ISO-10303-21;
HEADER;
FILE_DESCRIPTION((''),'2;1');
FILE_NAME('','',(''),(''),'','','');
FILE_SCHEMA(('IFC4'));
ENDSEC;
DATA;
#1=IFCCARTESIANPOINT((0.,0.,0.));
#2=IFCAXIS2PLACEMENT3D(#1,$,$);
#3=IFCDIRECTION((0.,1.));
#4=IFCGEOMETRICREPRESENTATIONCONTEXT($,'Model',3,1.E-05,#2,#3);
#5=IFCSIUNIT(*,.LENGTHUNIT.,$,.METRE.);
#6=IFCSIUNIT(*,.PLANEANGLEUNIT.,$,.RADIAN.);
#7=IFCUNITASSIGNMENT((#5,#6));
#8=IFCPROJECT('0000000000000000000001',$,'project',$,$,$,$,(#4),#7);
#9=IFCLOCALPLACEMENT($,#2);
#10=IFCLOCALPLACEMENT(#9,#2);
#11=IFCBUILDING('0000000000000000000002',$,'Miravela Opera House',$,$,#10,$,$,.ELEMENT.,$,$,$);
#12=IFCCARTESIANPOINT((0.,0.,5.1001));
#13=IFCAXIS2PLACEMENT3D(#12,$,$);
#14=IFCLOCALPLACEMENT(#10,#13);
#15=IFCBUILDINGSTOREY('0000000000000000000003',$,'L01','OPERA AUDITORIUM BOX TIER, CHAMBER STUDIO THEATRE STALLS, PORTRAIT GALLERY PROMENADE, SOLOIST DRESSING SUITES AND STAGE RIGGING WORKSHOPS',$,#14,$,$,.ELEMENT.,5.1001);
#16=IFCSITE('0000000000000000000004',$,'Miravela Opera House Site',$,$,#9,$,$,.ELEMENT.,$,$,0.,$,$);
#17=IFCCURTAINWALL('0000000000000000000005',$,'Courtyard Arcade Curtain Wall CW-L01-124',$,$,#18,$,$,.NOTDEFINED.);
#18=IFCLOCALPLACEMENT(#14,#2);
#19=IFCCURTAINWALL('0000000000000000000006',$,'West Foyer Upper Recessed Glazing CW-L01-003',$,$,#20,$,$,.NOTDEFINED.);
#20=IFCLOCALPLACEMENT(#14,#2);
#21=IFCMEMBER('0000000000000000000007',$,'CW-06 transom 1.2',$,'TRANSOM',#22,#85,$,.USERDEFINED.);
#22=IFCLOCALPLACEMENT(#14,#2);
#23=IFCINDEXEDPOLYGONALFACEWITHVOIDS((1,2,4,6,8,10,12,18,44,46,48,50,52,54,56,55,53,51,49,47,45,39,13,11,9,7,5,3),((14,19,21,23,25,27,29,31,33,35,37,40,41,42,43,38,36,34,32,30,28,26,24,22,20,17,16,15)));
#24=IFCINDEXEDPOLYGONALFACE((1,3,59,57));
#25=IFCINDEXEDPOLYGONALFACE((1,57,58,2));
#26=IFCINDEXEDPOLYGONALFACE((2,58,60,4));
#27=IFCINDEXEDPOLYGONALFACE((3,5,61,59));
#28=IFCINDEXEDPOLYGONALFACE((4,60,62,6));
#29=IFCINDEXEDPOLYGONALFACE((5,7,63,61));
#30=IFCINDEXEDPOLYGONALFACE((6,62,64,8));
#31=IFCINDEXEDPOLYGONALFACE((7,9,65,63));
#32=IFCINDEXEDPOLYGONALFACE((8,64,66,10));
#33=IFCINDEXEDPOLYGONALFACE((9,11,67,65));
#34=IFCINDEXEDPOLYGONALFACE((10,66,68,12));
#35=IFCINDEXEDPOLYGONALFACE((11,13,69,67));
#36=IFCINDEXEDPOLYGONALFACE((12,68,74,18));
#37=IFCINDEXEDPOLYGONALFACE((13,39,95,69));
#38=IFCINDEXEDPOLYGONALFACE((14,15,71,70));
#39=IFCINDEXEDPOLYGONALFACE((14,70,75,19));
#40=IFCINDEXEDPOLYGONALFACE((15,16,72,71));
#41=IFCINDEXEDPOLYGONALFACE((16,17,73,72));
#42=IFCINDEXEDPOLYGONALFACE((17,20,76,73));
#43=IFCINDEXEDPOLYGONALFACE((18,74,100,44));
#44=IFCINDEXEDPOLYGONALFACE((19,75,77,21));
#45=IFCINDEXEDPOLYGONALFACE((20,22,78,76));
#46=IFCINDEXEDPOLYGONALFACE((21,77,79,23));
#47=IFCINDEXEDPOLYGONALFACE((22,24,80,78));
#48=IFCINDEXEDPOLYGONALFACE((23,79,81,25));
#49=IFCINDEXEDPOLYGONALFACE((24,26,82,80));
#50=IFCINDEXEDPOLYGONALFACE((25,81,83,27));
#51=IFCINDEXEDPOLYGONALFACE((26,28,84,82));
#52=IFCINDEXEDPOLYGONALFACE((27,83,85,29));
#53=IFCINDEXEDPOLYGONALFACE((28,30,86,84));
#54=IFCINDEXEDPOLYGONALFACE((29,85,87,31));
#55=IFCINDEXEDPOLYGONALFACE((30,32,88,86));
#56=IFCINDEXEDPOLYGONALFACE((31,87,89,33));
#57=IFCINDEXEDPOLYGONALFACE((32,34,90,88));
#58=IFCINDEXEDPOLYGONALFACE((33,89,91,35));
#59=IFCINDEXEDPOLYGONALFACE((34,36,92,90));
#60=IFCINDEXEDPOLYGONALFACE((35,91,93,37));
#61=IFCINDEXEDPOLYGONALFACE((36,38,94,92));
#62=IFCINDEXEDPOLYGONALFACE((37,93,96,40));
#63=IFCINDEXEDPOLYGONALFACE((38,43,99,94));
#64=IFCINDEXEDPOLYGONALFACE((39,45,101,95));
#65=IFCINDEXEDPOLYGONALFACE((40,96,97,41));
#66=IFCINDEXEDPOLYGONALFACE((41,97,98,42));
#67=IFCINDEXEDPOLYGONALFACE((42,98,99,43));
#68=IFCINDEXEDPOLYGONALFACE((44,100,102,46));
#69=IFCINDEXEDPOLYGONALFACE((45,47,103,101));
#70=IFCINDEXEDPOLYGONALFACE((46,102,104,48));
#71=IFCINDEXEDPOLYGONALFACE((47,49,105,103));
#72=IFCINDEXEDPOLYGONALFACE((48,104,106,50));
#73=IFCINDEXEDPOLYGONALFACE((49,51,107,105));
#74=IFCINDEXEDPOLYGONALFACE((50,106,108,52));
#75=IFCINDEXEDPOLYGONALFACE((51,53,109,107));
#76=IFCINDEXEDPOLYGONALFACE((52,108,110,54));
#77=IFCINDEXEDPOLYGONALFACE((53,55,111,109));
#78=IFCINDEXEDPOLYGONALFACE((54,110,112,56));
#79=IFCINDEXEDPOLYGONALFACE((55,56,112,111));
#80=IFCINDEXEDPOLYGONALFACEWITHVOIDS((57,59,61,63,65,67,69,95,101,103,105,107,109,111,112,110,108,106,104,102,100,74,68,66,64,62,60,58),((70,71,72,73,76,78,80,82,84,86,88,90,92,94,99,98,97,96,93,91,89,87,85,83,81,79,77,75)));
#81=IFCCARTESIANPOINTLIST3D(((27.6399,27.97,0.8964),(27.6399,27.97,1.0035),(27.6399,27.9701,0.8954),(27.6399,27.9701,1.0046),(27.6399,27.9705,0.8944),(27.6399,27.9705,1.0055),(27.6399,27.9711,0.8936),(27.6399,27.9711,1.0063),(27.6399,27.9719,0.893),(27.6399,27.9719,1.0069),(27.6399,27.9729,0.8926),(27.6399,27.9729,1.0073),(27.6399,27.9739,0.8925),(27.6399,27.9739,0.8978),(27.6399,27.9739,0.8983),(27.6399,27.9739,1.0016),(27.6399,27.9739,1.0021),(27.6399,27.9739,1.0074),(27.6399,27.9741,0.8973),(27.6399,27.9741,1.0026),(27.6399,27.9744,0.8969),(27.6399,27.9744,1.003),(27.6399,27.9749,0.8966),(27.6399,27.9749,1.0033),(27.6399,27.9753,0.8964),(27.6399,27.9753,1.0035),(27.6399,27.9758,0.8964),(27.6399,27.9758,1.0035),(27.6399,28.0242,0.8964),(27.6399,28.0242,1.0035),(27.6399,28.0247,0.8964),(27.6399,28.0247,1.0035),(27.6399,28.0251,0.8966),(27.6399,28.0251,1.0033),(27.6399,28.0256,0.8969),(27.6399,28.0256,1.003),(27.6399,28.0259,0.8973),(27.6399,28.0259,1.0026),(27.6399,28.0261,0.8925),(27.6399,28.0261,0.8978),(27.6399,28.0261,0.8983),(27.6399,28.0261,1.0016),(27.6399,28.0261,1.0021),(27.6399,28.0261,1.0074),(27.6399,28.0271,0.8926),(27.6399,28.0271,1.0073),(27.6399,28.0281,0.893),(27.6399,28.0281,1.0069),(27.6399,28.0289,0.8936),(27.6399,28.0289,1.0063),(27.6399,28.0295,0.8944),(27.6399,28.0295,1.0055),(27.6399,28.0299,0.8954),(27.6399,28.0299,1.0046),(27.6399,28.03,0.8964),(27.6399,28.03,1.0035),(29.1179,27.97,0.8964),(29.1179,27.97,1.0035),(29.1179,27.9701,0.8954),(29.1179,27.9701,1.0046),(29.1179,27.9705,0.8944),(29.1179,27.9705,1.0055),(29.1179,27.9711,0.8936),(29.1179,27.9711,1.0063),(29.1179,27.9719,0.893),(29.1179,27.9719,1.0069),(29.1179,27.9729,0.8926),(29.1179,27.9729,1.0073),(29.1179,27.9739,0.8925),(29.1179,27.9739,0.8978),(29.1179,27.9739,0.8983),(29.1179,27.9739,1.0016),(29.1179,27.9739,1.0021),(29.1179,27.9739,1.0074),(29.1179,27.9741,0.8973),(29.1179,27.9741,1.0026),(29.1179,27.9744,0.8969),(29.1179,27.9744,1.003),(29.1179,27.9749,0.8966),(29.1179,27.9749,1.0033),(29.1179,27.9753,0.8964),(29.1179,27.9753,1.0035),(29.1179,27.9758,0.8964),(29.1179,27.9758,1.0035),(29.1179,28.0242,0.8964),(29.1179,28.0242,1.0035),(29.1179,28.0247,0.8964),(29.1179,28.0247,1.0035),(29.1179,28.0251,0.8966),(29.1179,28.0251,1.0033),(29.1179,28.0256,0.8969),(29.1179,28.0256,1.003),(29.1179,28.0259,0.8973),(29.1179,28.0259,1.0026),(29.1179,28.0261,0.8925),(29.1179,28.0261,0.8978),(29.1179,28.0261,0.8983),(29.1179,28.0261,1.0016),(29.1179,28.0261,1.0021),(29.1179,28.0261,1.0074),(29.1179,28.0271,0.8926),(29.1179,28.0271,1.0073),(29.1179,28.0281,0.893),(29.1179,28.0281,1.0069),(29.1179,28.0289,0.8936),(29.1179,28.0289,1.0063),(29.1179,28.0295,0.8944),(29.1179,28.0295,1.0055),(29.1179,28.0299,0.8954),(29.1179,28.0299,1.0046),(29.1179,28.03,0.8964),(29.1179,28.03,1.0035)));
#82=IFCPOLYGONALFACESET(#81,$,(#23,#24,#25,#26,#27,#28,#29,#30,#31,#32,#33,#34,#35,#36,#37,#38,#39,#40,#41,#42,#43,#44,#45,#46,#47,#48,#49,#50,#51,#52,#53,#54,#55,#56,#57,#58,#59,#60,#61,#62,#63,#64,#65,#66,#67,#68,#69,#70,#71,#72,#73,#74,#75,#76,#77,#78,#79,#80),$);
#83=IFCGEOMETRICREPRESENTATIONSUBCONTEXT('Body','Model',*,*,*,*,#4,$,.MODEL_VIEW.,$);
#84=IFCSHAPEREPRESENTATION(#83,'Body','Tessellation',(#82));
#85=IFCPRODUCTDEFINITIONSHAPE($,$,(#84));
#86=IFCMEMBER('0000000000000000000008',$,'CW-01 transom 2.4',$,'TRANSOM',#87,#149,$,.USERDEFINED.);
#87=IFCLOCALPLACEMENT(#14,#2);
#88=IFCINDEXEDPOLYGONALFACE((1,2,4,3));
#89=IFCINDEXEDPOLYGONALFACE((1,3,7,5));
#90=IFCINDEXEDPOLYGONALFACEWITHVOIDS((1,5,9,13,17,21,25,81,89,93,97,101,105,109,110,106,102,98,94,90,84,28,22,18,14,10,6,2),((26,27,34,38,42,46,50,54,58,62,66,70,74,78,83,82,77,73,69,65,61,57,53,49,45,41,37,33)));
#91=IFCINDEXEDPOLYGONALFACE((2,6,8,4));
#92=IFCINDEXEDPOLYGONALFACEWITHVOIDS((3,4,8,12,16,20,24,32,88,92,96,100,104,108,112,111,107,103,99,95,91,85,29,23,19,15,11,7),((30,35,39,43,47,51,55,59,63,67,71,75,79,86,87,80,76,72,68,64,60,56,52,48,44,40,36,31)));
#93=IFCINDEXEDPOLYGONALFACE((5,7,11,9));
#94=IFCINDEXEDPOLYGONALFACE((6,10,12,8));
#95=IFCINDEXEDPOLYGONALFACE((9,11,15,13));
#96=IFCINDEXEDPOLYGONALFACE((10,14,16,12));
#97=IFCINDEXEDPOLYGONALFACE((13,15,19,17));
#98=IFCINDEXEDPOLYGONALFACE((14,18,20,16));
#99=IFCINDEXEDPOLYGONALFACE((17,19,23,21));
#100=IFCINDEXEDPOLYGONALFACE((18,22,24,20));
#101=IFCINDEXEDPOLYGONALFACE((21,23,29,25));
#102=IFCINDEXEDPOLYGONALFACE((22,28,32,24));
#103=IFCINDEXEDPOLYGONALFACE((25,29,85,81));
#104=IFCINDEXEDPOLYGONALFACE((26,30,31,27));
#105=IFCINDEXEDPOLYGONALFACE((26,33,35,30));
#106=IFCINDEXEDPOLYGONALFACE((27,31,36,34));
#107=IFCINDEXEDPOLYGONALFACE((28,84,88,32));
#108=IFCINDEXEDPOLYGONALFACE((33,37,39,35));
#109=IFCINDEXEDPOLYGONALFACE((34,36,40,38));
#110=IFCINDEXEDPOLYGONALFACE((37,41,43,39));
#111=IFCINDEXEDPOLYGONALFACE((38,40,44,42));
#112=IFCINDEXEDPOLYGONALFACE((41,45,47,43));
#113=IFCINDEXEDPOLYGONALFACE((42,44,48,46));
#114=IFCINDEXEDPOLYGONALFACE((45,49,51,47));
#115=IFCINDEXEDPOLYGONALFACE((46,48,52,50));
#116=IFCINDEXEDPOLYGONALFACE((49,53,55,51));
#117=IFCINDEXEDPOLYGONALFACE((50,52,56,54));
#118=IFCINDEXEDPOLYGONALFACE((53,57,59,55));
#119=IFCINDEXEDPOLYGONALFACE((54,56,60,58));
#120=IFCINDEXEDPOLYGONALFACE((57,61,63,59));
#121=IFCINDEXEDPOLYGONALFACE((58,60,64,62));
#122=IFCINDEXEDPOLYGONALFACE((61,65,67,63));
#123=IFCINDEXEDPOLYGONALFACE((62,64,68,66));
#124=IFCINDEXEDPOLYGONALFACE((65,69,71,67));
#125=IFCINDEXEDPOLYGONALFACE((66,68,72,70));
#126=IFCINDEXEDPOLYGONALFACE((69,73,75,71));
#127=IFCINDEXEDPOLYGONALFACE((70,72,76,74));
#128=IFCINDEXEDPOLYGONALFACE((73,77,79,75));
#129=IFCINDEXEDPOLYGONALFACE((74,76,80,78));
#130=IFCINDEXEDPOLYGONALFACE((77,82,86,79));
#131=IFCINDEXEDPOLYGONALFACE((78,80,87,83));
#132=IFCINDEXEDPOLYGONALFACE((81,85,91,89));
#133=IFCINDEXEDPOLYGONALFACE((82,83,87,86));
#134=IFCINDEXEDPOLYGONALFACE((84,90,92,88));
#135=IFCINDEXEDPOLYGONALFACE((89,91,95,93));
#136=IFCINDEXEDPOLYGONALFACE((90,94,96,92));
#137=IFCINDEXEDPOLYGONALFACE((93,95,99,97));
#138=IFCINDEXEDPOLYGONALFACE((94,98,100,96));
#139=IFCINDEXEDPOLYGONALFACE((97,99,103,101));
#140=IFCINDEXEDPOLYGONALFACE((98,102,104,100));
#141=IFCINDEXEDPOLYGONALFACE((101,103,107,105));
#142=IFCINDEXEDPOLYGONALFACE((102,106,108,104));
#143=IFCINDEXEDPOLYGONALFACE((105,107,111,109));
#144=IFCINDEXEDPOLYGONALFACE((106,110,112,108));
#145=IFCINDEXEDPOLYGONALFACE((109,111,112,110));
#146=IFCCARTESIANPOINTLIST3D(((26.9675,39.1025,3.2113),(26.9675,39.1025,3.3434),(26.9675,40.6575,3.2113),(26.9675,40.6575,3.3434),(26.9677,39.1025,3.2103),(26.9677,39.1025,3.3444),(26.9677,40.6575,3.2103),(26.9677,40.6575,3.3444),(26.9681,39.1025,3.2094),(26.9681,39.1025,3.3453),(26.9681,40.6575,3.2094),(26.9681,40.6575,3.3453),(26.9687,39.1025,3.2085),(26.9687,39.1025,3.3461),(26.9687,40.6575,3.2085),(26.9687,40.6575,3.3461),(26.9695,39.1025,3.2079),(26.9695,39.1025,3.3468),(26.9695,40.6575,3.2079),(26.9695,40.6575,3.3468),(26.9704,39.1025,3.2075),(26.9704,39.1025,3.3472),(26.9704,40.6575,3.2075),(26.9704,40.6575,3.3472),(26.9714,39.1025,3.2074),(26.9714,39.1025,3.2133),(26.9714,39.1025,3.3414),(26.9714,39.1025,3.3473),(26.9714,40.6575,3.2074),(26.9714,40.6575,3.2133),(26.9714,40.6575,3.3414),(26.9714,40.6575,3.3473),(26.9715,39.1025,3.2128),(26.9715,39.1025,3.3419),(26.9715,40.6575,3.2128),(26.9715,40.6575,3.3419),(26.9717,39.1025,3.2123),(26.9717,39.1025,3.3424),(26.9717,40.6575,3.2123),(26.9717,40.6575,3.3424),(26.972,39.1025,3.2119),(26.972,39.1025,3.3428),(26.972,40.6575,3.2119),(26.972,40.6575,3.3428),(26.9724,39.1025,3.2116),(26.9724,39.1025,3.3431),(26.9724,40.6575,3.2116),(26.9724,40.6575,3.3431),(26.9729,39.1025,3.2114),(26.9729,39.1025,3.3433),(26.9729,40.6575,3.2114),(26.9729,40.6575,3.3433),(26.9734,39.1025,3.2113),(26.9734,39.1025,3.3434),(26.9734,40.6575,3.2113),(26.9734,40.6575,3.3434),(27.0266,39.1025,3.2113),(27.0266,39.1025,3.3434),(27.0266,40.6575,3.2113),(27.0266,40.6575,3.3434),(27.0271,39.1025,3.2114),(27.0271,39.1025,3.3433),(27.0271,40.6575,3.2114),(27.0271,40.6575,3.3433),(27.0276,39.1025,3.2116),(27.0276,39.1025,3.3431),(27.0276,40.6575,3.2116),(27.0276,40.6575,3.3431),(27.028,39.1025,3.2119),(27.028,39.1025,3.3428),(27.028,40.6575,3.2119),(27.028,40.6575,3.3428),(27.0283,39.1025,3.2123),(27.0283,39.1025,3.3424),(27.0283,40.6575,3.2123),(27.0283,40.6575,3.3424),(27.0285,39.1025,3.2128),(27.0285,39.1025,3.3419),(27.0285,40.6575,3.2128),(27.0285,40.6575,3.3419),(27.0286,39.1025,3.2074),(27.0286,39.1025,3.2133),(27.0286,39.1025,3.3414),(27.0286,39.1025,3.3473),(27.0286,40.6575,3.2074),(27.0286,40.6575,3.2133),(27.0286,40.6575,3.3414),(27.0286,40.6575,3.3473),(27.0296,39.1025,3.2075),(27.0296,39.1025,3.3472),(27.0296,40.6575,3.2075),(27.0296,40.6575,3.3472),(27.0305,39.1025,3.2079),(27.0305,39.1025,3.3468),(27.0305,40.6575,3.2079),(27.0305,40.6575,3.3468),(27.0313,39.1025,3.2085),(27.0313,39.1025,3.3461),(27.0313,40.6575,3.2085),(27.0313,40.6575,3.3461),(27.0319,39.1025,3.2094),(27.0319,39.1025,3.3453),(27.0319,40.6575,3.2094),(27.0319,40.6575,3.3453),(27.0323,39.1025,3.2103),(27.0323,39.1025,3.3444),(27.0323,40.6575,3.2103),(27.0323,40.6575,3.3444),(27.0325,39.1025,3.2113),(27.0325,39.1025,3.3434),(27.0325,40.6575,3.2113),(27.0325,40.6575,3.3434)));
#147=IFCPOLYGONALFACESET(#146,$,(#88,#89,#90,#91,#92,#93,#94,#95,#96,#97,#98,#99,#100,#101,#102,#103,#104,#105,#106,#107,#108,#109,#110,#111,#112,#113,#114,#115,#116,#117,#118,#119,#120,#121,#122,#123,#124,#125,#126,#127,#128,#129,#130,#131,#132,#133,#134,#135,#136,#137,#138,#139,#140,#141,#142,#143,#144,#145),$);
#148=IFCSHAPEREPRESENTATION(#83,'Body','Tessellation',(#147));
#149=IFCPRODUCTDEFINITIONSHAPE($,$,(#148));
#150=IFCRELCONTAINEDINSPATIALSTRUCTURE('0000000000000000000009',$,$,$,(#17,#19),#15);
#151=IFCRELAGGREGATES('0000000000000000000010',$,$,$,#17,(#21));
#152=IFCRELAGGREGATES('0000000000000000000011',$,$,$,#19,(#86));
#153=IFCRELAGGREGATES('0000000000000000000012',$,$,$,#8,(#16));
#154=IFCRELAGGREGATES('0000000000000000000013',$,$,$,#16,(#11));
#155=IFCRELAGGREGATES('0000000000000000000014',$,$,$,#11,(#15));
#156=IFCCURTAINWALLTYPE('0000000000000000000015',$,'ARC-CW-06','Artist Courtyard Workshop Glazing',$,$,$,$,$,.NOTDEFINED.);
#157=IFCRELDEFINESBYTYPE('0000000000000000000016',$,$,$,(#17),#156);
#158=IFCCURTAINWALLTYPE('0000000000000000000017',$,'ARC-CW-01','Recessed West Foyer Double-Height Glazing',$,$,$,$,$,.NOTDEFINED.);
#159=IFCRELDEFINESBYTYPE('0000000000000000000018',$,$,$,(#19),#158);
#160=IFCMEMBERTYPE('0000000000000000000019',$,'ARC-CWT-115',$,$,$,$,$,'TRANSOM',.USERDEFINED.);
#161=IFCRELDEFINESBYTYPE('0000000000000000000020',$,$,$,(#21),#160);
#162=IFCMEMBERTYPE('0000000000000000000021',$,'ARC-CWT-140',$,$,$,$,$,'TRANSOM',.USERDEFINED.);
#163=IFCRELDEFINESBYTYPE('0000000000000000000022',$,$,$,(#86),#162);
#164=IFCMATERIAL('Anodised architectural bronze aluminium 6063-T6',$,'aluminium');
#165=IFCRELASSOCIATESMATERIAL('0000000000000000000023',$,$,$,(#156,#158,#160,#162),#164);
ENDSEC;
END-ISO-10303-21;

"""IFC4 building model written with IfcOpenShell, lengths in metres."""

from ifc_helpers import new_model, si_unit, direction, frame, origin, origin_2d, place, context, subcontext, project, spatial, hollow_rectangle, extrude, material, material_profile, profile_set, type_object, element, aggregate, save


model = new_model("IFC4")

# Units and contexts
model_context = context("Model", 3, precision=1e-05, world=origin(), true_north=direction((0.0, 1.0)))
body_context = subcontext(model_context, "Body", "Model", "MODEL_VIEW")
ifc_project = project(units=[si_unit("LENGTHUNIT", "METRE"), si_unit("PLANEANGLEUNIT", "RADIAN")], contexts=[model_context])

# Site, building, storey
site_placement = place(None, origin())
site = spatial("IfcSite", under=ifc_project, at=site_placement, Name="Miravela Opera House Site", CompositionType="ELEMENT", RefElevation=0.0)
building_placement = place(site_placement, origin())
building = spatial("IfcBuilding", under=site, at=building_placement, Name="Miravela Opera House", CompositionType="ELEMENT")
storey_placement = place(building_placement, frame((0.0, 0.0, 5.1001)))
storey = spatial("IfcBuildingStorey", under=building, at=storey_placement, Name="L01", Description="OPERA AUDITORIUM BOX TIER, CHAMBER STUDIO THEATRE STALLS, PORTRAIT GALLERY PROMENADE, SOLOIST DRESSING SUITES AND STAGE RIGGING WORKSHOPS", CompositionType="ELEMENT", Elevation=5.1001)

# Curtain wall
ifc_material_1 = material(Name="Anodised architectural bronze aluminium 6063-T6", Category="aluminium")
curtain_wall_type_1 = type_object("IfcCurtainWallType", Name="ARC-CW-06", Description="Artist Courtyard Workshop Glazing", PredefinedType="NOTDEFINED", material=ifc_material_1)
curtain_wall_1_placement = place(storey_placement, origin())
curtain_wall_1 = element("IfcCurtainWall", 1, at=curtain_wall_1_placement, inside=storey, type_object=curtain_wall_type_1, Name="Courtyard Arcade Curtain Wall CW-L01-124", PredefinedType="NOTDEFINED")

# Curtain wall
curtain_wall_type_2 = type_object("IfcCurtainWallType", Name="ARC-CW-01", Description="Recessed West Foyer Double-Height Glazing", PredefinedType="NOTDEFINED", material=ifc_material_1)
curtain_wall_2_placement = place(storey_placement, origin())
curtain_wall_2 = element("IfcCurtainWall", 2, at=curtain_wall_2_placement, inside=storey, type_object=curtain_wall_type_2, Name="West Foyer Upper Recessed Glazing CW-L01-003", PredefinedType="NOTDEFINED")

# Members
ifc_material_profile_1 = material_profile(ifc_material_1, hollow_rectangle(XDim=0.0601, YDim=0.115, WallThickness=0.0039, InnerFilletRadius=0.002, OuterFilletRadius=0.0039, at=origin_2d()), Name="CWT-60X115")
ifc_profile_set_1 = profile_set([ifc_material_profile_1])
member_type_1 = type_object("IfcMemberType", Name="ARC-CWT-115", ElementType="TRANSOM", PredefinedType="USERDEFINED", material=ifc_profile_set_1)
member_1_placement = place(storey_placement, frame((27.6399, 28.0, 0.95), z_axis=(1.0, 0.0, 0.0), x_axis=(0.0, 1.0, 0.0)))
member_1 = element("IfcMember", 3, at=member_1_placement, type_object=member_type_1, Name="CW-06 transom 1.2", ObjectType="TRANSOM", PredefinedType="USERDEFINED", context=body_context, shape_type="SweptSolid", body=[
    extrude(hollow_rectangle(XDim=0.0601, YDim=0.115, WallThickness=0.0039, InnerFilletRadius=0.002, OuterFilletRadius=0.0039, at=origin_2d()), origin(), (0.0, 0.0, 1.0), 1.478),
])
aggregate(curtain_wall_1, [member_1])
ifc_material_profile_2 = material_profile(ifc_material_1, hollow_rectangle(XDim=0.0649, YDim=0.1399, WallThickness=0.0039, InnerFilletRadius=0.002, OuterFilletRadius=0.0039, at=origin_2d()), Name="CWT-65X140")
ifc_profile_set_2 = profile_set([ifc_material_profile_2])
member_type_2 = type_object("IfcMemberType", Name="ARC-CWT-140", ElementType="TRANSOM", PredefinedType="USERDEFINED", material=ifc_profile_set_2)
member_2_placement = place(storey_placement, frame((27.0, 39.1025, 3.2773), z_axis=(0.0, 1.0, 0.0), x_axis=(-1.0, 0.0, 0.0)))
member_2 = element("IfcMember", 4, at=member_2_placement, type_object=member_type_2, Name="CW-01 transom 2.4", ObjectType="TRANSOM", PredefinedType="USERDEFINED", context=body_context, shape_type="SweptSolid", body=[
    extrude(hollow_rectangle(XDim=0.0649, YDim=0.1399, WallThickness=0.0039, InnerFilletRadius=0.002, OuterFilletRadius=0.0039, at=origin_2d()), origin(), (0.0, 0.0, 1.0), 1.5549),
])

aggregate(curtain_wall_2, [member_2])

save(model, "model.ifc")
